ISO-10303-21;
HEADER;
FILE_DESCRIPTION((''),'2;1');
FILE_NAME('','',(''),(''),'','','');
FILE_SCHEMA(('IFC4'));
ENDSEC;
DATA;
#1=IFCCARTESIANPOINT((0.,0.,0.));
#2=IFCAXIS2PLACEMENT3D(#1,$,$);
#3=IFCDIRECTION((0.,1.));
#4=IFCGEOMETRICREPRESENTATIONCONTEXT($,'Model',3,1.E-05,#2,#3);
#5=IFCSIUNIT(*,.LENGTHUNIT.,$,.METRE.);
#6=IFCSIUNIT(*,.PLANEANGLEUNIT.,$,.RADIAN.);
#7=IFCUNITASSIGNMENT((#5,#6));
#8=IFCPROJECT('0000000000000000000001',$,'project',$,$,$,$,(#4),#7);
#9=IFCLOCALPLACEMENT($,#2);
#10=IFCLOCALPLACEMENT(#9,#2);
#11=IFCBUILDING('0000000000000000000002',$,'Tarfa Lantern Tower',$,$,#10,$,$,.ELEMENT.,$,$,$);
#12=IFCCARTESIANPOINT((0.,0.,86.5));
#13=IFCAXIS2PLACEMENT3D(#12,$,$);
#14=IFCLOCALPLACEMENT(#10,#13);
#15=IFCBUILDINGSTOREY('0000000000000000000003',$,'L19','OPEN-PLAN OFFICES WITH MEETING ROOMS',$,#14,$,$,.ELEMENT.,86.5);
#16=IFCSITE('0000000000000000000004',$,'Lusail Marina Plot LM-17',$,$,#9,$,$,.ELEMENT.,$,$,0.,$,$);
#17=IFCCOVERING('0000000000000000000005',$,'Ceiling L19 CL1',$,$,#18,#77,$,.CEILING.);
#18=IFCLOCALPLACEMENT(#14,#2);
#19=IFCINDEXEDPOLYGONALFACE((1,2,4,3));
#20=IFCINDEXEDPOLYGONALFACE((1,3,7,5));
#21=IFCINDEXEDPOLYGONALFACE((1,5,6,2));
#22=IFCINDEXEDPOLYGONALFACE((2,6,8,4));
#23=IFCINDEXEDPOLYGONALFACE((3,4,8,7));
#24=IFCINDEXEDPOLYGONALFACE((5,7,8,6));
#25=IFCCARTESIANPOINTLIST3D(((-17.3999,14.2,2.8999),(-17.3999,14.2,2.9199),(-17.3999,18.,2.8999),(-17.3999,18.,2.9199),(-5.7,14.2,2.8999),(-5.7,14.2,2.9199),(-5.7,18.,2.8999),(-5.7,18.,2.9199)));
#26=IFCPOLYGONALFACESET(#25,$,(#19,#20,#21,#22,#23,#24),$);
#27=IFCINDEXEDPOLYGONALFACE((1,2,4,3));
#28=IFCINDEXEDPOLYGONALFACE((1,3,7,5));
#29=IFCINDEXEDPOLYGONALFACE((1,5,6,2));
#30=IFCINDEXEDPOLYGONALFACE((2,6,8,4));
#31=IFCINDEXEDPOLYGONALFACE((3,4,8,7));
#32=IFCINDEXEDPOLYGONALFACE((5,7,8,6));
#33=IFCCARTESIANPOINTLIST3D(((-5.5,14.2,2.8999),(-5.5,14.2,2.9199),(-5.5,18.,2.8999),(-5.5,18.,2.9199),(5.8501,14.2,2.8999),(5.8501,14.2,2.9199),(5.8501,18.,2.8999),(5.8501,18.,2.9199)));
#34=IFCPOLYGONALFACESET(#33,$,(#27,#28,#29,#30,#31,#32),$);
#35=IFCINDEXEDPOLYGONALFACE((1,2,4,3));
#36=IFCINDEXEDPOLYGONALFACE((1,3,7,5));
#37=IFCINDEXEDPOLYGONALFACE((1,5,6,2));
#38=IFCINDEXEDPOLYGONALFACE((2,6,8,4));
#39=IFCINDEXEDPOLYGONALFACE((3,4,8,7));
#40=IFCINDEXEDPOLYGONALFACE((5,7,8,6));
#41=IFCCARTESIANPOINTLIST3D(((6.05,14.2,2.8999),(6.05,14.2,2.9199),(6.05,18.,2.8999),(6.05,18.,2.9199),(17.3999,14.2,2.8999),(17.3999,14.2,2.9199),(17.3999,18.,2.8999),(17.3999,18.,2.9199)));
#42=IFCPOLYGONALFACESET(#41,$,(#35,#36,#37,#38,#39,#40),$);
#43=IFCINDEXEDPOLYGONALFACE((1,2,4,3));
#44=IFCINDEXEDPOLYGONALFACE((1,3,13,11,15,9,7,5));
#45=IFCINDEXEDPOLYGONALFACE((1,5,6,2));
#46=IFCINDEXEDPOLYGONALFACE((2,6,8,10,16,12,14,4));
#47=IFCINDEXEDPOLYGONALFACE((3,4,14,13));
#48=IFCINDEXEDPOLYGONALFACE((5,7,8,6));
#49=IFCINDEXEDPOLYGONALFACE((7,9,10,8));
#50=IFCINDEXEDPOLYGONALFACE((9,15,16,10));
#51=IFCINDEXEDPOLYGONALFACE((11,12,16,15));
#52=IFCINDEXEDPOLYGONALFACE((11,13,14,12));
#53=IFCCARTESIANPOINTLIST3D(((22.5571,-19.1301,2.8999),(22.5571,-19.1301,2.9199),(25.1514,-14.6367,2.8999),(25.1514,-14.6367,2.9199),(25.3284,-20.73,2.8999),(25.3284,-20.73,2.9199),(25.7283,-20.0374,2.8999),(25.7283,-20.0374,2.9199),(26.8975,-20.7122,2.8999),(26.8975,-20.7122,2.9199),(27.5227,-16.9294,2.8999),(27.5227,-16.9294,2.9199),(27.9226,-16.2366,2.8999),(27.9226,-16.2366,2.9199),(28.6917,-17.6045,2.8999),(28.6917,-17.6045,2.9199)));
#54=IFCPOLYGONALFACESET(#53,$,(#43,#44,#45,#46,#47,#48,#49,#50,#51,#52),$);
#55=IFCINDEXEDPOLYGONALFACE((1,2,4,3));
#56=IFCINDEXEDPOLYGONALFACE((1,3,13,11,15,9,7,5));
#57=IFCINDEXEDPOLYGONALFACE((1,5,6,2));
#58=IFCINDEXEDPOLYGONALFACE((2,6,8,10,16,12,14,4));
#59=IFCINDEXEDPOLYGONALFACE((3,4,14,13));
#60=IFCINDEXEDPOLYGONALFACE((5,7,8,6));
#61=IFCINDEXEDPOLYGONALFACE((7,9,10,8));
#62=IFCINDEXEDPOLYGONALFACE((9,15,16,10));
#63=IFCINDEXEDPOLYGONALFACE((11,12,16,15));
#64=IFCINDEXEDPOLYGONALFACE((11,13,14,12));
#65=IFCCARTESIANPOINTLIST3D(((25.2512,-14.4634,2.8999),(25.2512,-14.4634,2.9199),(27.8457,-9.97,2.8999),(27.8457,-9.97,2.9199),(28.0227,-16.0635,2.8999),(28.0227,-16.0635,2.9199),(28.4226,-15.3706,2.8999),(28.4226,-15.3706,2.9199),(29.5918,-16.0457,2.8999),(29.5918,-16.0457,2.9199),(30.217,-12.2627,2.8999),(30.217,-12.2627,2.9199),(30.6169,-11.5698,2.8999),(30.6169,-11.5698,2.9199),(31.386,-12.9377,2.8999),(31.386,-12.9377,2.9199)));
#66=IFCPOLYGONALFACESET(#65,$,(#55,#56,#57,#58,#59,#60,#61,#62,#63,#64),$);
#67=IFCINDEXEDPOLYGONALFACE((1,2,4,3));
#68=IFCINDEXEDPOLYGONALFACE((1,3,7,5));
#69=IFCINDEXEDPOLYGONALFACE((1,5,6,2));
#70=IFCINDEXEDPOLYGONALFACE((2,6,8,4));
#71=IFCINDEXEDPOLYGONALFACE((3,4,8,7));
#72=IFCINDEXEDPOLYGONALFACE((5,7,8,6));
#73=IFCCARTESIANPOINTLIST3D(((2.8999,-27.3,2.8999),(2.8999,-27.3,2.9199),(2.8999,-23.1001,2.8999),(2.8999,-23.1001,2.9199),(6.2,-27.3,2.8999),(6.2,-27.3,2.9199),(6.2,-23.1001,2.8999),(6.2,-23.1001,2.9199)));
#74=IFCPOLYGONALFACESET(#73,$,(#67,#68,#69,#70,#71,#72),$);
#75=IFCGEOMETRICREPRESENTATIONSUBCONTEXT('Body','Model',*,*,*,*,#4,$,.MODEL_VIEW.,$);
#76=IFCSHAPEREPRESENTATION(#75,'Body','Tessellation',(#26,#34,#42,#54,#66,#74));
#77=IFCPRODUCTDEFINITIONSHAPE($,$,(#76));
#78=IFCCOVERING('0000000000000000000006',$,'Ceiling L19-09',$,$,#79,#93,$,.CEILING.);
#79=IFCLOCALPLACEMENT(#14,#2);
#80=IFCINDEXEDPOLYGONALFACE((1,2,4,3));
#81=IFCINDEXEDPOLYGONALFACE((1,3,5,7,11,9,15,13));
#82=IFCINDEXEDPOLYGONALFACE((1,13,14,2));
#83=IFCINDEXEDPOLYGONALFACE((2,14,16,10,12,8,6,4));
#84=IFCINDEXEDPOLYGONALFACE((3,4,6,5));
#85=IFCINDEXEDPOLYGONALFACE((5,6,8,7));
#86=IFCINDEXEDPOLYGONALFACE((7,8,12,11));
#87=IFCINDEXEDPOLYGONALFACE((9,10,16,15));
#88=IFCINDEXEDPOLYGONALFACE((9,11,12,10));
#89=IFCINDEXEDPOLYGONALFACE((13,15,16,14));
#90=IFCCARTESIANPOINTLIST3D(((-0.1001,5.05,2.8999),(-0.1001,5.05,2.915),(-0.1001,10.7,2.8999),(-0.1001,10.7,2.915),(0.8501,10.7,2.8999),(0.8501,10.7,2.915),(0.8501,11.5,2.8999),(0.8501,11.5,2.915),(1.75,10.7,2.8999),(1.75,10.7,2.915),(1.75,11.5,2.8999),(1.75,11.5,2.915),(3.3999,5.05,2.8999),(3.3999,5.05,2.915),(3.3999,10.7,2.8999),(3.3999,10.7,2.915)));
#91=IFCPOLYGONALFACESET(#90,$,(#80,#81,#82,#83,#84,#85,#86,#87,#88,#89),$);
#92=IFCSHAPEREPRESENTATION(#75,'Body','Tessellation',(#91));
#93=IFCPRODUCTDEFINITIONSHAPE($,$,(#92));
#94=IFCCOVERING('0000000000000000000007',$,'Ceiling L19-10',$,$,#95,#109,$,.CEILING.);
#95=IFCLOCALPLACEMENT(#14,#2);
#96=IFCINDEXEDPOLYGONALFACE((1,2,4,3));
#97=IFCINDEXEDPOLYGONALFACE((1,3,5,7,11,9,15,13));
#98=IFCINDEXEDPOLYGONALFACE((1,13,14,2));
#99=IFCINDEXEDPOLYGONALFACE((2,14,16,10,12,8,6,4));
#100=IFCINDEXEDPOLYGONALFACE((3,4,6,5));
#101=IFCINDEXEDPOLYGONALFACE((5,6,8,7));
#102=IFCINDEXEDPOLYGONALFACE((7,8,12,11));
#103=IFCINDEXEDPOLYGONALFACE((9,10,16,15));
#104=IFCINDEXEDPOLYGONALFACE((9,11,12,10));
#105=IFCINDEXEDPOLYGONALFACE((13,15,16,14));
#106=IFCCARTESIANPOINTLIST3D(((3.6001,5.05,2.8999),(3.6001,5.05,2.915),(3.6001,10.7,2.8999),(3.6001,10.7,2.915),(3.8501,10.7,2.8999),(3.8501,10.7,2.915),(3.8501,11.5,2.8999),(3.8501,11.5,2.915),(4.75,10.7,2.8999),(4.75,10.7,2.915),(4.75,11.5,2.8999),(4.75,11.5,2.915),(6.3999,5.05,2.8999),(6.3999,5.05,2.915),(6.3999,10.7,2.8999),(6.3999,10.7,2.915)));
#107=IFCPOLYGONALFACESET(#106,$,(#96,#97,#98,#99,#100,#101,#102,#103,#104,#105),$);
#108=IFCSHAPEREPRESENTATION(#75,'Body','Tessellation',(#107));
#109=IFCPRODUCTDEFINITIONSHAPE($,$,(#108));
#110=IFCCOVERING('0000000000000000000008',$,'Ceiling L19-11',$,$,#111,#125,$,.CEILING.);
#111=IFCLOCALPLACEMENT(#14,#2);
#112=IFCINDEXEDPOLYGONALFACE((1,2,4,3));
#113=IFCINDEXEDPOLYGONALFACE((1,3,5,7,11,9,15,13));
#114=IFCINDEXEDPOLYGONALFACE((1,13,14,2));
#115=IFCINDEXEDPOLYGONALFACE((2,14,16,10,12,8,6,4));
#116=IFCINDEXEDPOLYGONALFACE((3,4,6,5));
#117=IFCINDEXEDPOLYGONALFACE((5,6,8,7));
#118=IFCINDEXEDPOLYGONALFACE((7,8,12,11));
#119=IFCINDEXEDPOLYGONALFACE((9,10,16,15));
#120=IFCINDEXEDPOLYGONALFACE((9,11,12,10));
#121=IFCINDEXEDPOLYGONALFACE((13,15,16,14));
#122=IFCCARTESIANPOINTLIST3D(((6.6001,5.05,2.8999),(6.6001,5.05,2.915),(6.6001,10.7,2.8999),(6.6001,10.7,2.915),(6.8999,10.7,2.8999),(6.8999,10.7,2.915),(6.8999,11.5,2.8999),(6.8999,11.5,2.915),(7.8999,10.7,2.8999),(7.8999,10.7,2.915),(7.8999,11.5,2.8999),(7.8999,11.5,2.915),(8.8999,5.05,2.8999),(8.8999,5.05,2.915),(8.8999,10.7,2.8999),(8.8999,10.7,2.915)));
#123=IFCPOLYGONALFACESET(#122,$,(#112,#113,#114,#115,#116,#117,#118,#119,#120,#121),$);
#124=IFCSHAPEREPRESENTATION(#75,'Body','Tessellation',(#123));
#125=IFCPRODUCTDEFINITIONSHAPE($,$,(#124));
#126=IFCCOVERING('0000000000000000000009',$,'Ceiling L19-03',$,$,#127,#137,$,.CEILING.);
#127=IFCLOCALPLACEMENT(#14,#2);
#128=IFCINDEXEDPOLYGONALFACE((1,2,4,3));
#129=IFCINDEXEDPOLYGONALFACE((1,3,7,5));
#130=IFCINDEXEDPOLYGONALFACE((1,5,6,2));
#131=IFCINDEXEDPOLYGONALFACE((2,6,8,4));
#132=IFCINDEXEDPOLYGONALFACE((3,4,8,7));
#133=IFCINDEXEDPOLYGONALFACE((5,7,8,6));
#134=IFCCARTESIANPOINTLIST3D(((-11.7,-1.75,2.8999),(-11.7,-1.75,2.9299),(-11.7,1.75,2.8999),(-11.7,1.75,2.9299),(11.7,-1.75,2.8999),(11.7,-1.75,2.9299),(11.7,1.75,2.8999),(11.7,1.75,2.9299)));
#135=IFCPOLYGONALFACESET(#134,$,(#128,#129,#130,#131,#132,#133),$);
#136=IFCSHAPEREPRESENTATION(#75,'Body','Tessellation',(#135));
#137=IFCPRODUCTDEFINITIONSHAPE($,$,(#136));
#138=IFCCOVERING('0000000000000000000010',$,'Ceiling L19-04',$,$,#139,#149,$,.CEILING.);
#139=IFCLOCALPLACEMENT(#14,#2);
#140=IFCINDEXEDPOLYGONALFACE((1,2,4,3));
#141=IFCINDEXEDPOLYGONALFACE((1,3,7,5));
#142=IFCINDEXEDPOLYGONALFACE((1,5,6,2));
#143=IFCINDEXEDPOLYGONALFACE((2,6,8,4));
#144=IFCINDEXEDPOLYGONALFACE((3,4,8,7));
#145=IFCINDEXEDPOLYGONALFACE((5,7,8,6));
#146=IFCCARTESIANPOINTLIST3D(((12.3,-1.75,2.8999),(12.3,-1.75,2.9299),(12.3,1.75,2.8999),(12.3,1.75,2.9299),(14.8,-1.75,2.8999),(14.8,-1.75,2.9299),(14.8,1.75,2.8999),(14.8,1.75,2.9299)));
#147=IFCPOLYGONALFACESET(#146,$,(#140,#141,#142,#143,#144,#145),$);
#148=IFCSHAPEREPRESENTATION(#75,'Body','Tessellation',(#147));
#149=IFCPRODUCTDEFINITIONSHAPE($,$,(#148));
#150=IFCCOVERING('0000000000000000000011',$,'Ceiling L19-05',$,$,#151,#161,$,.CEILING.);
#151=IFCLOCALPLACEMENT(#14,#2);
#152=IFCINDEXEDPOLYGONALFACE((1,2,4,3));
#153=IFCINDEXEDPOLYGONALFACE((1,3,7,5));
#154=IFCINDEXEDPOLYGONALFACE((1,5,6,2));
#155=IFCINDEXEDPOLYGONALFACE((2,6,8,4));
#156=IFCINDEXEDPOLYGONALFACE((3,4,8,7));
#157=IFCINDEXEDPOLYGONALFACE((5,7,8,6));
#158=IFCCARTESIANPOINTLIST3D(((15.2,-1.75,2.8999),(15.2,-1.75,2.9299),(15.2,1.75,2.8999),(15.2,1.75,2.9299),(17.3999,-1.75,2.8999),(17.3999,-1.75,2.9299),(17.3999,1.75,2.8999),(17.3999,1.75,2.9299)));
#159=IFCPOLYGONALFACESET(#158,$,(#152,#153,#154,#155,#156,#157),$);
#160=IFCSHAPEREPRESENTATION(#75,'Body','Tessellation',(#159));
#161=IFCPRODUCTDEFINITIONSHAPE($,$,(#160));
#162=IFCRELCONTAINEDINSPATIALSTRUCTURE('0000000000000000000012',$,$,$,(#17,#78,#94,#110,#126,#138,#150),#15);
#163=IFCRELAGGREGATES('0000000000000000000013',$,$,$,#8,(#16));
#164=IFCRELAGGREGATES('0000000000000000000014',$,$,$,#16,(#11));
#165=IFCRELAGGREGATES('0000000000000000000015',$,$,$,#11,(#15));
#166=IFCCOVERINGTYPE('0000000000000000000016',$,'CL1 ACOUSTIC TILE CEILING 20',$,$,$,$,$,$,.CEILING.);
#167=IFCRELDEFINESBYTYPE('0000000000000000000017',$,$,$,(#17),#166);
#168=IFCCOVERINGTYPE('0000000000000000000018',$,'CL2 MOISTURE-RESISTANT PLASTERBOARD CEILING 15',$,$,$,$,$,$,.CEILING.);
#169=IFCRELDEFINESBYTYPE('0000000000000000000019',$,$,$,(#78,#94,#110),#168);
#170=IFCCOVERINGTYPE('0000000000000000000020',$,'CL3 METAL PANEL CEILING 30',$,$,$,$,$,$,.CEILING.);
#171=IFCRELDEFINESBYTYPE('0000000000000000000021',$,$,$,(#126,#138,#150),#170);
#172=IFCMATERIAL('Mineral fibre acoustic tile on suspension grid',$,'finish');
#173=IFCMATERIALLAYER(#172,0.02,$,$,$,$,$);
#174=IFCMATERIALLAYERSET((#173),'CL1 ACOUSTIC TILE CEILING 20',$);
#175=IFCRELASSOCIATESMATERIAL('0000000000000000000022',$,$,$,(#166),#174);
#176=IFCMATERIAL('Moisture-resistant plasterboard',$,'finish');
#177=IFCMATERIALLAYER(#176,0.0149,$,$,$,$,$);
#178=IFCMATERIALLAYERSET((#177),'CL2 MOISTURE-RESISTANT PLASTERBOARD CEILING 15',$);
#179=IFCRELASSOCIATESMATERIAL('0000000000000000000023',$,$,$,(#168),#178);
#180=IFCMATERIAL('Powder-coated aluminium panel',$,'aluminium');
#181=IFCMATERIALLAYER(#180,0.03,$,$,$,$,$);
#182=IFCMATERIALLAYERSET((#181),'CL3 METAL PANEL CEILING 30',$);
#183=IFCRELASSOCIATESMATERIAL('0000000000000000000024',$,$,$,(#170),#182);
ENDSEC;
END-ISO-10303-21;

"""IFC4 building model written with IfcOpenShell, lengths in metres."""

from ifc_helpers import new_model, si_unit, direction, frame, origin, place, context, subcontext, project, spatial, polyline, outline, extrude, material, layer, layer_set, type_object, element, save


model = new_model("IFC4")

# Units and contexts
model_context = context("Model", 3, precision=1e-05, world=origin(), true_north=direction((0.0, 1.0)))
body_context = subcontext(model_context, "Body", "Model", "MODEL_VIEW")
ifc_project = project(units=[si_unit("LENGTHUNIT", "METRE"), si_unit("PLANEANGLEUNIT", "RADIAN")], contexts=[model_context])

# Site, building, storey
site_placement = place(None, origin())
site = spatial("IfcSite", under=ifc_project, at=site_placement, Name="Lusail Marina Plot LM-17", CompositionType="ELEMENT", RefElevation=0.0)
building_placement = place(site_placement, origin())
building = spatial("IfcBuilding", under=site, at=building_placement, Name="Tarfa Lantern Tower", CompositionType="ELEMENT")
storey_placement = place(building_placement, frame((0.0, 0.0, 86.5)))
storey = spatial("IfcBuildingStorey", under=building, at=storey_placement, Name="L19", Description="OPEN-PLAN OFFICES WITH MEETING ROOMS", CompositionType="ELEMENT", Elevation=86.5)

# Coverings
ifc_material_1 = material(Name="Mineral fibre acoustic tile on suspension grid", Category="finish")
ifc_layer_1 = layer(ifc_material_1, 0.02)
ifc_layer_set_1 = layer_set([ifc_layer_1], Name="CL1 ACOUSTIC TILE CEILING 20")
covering_type_1 = type_object("IfcCoveringType", Name="CL1 ACOUSTIC TILE CEILING 20", PredefinedType="CEILING", material=ifc_layer_set_1)
covering_1_placement = place(storey_placement, frame((0.0, 0.0, 2.8999)))
element("IfcCovering", 1, at=covering_1_placement, inside=storey, type_object=covering_type_1, Name="Ceiling L19 CL1", PredefinedType="CEILING", context=body_context, shape_type="SweptSolid", body=[
    extrude(outline(polyline([(-17.3999, 18.0), (-5.7, 18.0), (-5.7, 14.2), (-17.3999, 14.2), (-17.3999, 18.0)])), origin(), (0.0, 0.0, 1.0), 0.02),
    extrude(outline(polyline([(-5.5, 18.0), (5.8501, 18.0), (5.8501, 14.2), (-5.5, 14.2), (-5.5, 18.0)])), origin(), (0.0, 0.0, 1.0), 0.02),
    extrude(outline(polyline([(6.05, 18.0), (17.3999, 18.0), (17.3999, 14.2), (6.05, 14.2), (6.05, 18.0)])), origin(), (0.0, 0.0, 1.0), 0.02),
    extrude(outline(polyline([(25.1514, -14.6367), (27.9226, -16.2366), (27.5227, -16.9294), (28.6917, -17.6045), (26.8975, -20.7122), (25.7283, -20.0374), (25.3284, -20.73), (22.5571, -19.1301), (25.1514, -14.6367)])), origin(), (0.0, 0.0, 1.0), 0.02),
    extrude(outline(polyline([(27.8457, -9.97), (30.6169, -11.5698), (30.217, -12.2627), (31.386, -12.9377), (29.5918, -16.0457), (28.4226, -15.3706), (28.0227, -16.0635), (25.2512, -14.4634), (27.8457, -9.97)])), origin(), (0.0, 0.0, 1.0), 0.02),
    extrude(outline(polyline([(6.2, -27.3), (2.8999, -27.3), (2.8999, -23.1001), (6.2, -23.1001), (6.2, -27.3)])), origin(), (0.0, 0.0, 1.0), 0.02),
])
ifc_material_2 = material(Name="Moisture-resistant plasterboard", Category="finish")
ifc_layer_2 = layer(ifc_material_2, 0.0149)
ifc_layer_set_2 = layer_set([ifc_layer_2], Name="CL2 MOISTURE-RESISTANT PLASTERBOARD CEILING 15")
covering_type_2 = type_object("IfcCoveringType", Name="CL2 MOISTURE-RESISTANT PLASTERBOARD CEILING 15", PredefinedType="CEILING", material=ifc_layer_set_2)
covering_2_placement = place(storey_placement, frame((0.0, 0.0, 2.8999)))
element("IfcCovering", 2, at=covering_2_placement, inside=storey, type_object=covering_type_2, Name="Ceiling L19-09", PredefinedType="CEILING", context=body_context, shape_type="SweptSolid", body=[
    extrude(outline(polyline([(0.8501, 10.7), (-0.1001, 10.7), (-0.1001, 5.05), (3.3999, 5.05), (3.3999, 10.7), (1.75, 10.7), (1.75, 11.5), (0.8501, 11.5), (0.8501, 11.5), (0.8501, 10.7)])), origin(), (0.0, 0.0, 1.0), 0.0151),
])
covering_3_placement = place(storey_placement, frame((0.0, 0.0, 2.8999)))
element("IfcCovering", 3, at=covering_3_placement, inside=storey, type_object=covering_type_2, Name="Ceiling L19-10", PredefinedType="CEILING", context=body_context, shape_type="SweptSolid", body=[
    extrude(outline(polyline([(3.6001, 5.05), (6.3999, 5.05), (6.3999, 10.7), (4.75, 10.7), (4.75, 11.5), (3.8501, 11.5), (3.8501, 10.7), (3.6001, 10.7), (3.6001, 5.05)])), origin(), (0.0, 0.0, 1.0), 0.0151),
])
covering_4_placement = place(storey_placement, frame((0.0, 0.0, 2.8999)))
element("IfcCovering", 4, at=covering_4_placement, inside=storey, type_object=covering_type_2, Name="Ceiling L19-11", PredefinedType="CEILING", context=body_context, shape_type="SweptSolid", body=[
    extrude(outline(polyline([(6.6001, 5.05), (8.8999, 5.05), (8.8999, 10.7), (7.8999, 10.7), (7.8999, 11.5), (6.8999, 11.5), (6.8999, 10.7), (6.6001, 10.7), (6.6001, 5.05)])), origin(), (0.0, 0.0, 1.0), 0.0151),
])
ifc_material_3 = material(Name="Powder-coated aluminium panel", Category="aluminium")
ifc_layer_3 = layer(ifc_material_3, 0.03)
ifc_layer_set_3 = layer_set([ifc_layer_3], Name="CL3 METAL PANEL CEILING 30")
covering_type_3 = type_object("IfcCoveringType", Name="CL3 METAL PANEL CEILING 30", PredefinedType="CEILING", material=ifc_layer_set_3)
covering_5_placement = place(storey_placement, frame((0.0, 0.0, 2.8999)))
element("IfcCovering", 5, at=covering_5_placement, inside=storey, type_object=covering_type_3, Name="Ceiling L19-03", PredefinedType="CEILING", context=body_context, shape_type="SweptSolid", body=[
    extrude(outline(polyline([(-11.7, -1.75), (11.7, -1.75), (11.7, 1.75), (-11.7, 1.75), (-11.7, -1.75)])), origin(), (0.0, 0.0, 1.0), 0.03),
])
covering_6_placement = place(storey_placement, frame((0.0, 0.0, 2.8999)))
element("IfcCovering", 6, at=covering_6_placement, inside=storey, type_object=covering_type_3, Name="Ceiling L19-04", PredefinedType="CEILING", context=body_context, shape_type="SweptSolid", body=[
    extrude(outline(polyline([(12.3, -1.75), (14.8, -1.75), (14.8, 1.75), (12.3, 1.75), (12.3, -1.75)])), origin(), (0.0, 0.0, 1.0), 0.03),
])
covering_7_placement = place(storey_placement, frame((0.0, 0.0, 2.8999)))
element("IfcCovering", 7, at=covering_7_placement, inside=storey, type_object=covering_type_3, Name="Ceiling L19-05", PredefinedType="CEILING", context=body_context, shape_type="SweptSolid", body=[
    extrude(outline(polyline([(15.2, -1.75), (17.3999, -1.75), (17.3999, 1.75), (15.2, 1.75), (15.2, -1.75)])), origin(), (0.0, 0.0, 1.0), 0.03),
])

save(model, "model.ifc")
